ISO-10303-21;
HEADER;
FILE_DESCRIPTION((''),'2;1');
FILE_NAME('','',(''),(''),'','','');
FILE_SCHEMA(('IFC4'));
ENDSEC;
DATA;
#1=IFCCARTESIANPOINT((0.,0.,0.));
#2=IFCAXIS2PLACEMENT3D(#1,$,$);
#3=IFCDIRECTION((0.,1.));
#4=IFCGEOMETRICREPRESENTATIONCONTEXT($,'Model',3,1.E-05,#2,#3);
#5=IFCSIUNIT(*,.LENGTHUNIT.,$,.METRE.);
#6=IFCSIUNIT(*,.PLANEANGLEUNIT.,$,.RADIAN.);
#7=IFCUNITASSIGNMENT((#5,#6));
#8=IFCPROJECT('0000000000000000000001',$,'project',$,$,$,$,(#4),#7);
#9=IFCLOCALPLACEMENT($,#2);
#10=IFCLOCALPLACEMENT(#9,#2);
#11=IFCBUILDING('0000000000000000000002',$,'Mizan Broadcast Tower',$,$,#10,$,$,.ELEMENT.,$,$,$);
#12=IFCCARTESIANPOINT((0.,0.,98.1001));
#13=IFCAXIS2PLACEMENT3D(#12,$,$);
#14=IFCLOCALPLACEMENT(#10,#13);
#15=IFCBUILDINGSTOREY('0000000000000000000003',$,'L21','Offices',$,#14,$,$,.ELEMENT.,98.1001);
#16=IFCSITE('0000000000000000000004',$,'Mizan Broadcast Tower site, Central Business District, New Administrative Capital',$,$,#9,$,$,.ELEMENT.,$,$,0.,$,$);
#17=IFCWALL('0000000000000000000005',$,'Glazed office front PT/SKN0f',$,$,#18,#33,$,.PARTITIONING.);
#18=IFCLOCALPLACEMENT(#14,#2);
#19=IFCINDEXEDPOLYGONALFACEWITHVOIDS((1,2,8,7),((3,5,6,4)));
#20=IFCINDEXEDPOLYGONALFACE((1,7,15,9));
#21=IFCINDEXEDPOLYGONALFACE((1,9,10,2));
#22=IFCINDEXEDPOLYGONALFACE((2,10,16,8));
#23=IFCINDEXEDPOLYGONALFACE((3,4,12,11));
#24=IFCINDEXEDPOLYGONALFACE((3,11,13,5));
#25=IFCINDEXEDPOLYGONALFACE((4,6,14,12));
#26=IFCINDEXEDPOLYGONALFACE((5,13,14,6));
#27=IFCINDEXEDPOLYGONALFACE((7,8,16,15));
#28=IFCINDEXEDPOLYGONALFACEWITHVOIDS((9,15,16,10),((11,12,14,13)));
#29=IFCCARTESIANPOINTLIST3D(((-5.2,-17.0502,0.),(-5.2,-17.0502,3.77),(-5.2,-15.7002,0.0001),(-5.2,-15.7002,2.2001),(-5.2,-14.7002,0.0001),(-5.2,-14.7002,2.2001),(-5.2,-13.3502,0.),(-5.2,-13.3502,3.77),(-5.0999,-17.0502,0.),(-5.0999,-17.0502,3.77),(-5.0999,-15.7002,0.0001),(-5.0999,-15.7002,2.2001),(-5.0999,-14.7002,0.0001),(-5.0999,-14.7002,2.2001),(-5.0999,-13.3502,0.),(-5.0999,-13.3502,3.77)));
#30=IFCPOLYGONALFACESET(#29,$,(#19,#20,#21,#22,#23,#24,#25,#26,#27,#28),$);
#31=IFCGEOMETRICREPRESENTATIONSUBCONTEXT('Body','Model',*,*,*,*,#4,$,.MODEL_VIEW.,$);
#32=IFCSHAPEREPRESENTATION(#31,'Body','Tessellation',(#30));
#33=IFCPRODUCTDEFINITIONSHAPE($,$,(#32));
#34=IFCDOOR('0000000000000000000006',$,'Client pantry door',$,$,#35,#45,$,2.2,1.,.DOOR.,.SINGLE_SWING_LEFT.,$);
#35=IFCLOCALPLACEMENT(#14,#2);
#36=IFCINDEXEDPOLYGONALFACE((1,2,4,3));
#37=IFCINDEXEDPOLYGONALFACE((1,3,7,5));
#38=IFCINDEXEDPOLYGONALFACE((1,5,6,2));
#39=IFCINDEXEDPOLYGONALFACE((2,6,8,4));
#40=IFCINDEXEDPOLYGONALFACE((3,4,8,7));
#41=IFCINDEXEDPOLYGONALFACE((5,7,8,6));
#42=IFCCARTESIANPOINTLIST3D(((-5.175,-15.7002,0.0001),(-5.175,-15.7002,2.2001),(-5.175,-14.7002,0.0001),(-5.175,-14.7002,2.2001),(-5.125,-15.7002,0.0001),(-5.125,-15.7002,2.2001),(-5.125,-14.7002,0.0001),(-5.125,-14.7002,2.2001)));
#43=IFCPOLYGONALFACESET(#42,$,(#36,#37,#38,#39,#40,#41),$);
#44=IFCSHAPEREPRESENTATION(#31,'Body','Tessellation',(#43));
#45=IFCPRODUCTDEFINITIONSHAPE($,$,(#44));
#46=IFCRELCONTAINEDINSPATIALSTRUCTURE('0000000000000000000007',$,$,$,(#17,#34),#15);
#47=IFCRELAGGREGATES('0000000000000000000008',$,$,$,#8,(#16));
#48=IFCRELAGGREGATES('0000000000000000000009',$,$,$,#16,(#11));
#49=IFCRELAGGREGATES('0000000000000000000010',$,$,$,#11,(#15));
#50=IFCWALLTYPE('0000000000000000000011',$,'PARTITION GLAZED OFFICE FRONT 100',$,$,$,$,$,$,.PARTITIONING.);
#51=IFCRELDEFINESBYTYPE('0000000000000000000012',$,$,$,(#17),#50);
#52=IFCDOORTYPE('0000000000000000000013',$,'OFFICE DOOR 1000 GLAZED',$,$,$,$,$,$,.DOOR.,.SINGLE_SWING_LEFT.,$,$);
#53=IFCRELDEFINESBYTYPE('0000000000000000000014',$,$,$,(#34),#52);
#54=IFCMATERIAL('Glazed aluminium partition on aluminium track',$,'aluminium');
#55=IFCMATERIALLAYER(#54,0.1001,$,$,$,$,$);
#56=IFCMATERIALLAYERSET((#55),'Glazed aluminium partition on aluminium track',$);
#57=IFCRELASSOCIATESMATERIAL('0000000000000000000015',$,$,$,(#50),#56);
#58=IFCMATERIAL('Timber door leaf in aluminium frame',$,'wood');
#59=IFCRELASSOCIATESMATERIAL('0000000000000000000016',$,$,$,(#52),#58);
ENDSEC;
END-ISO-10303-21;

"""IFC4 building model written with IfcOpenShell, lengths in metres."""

from ifc_helpers import new_model, si_unit, direction, frame, frame_2d, origin, place, context, subcontext, project, spatial, rectangle, extrude, material, layer, layer_set, type_object, element, fill, save


model = new_model("IFC4")

# Units and contexts
model_context = context("Model", 3, precision=1e-05, world=origin(), true_north=direction((0.0, 1.0)))
body_context = subcontext(model_context, "Body", "Model", "MODEL_VIEW")
ifc_project = project(units=[si_unit("LENGTHUNIT", "METRE"), si_unit("PLANEANGLEUNIT", "RADIAN")], contexts=[model_context])

# Site, building, storey
site_placement = place(None, origin())
site = spatial("IfcSite", under=ifc_project, at=site_placement, Name="Mizan Broadcast Tower site, Central Business District, New Administrative Capital", CompositionType="ELEMENT", RefElevation=0.0)
building_placement = place(site_placement, origin())
building = spatial("IfcBuilding", under=site, at=building_placement, Name="Mizan Broadcast Tower", CompositionType="ELEMENT")
storey_placement = place(building_placement, frame((0.0, 0.0, 98.1001)))
storey = spatial("IfcBuildingStorey", under=building, at=storey_placement, Name="L21", Description="Offices", CompositionType="ELEMENT", Elevation=98.1001)

# Shared definitions
ifc_material_1 = material(Name="Glazed aluminium partition on aluminium track", Category="aluminium")
ifc_layer_1 = layer(ifc_material_1, 0.1001)
ifc_layer_set_1 = layer_set([ifc_layer_1], Name="Glazed aluminium partition on aluminium track")
wall_type_1 = type_object("IfcWallType", Name="PARTITION GLAZED OFFICE FRONT 100", PredefinedType="PARTITIONING", material=ifc_layer_set_1)

# Wall, opening, door
wall_1_placement = place(storey_placement, frame((-5.1499, -13.3501, 0.0), z_axis=(0.0, 0.0, 1.0), x_axis=(0.0, -1.0, 0.0)))
wall_1 = element("IfcWall", 1, at=wall_1_placement, inside=storey, type_object=wall_type_1, Name="Glazed office front PT/SKN0f", PredefinedType="PARTITIONING", context=body_context, shape_type="SweptSolid", body=[
    extrude(rectangle(XDim=3.7, YDim=0.1001, at=frame_2d((1.8501, 0.0))), origin(), (0.0, 0.0, 1.0), 3.77),
])
opening_placement = place(wall_1_placement, frame((1.3501, 0.0, 0.0)))
opening = element("IfcOpeningElement", 2, at=opening_placement, cuts=wall_1, PredefinedType="OPENING", context=body_context, shape_type="SweptSolid", body=[
    extrude(rectangle(XDim=1.0, YDim=2.2, at=frame_2d((0.5, 1.1001))), frame((0.0, 0.0601, 0.0), z_axis=(0.0, -1.0, 0.0), x_axis=(1.0, 0.0, 0.0)), (0.0, 0.0, 1.0), 0.1201),
])
ifc_material_2 = material(Name="Timber door leaf in aluminium frame", Category="wood")
door_type = type_object("IfcDoorType", Name="OFFICE DOOR 1000 GLAZED", OperationType="SINGLE_SWING_LEFT", PredefinedType="DOOR", material=ifc_material_2)
door_placement = place(opening_placement, origin())
door = element("IfcDoor", 3, at=door_placement, inside=storey, type_object=door_type, Name="Client pantry door", OperationType="SINGLE_SWING_LEFT", OverallHeight=2.2, OverallWidth=1.0, PredefinedType="DOOR", context=body_context, shape_type="SweptSolid", body=[
    extrude(rectangle(XDim=1.0, YDim=2.2, at=frame_2d((0.5, 1.1001))), frame((0.0, 0.0249, 0.0), z_axis=(0.0, -1.0, 0.0), x_axis=(1.0, 0.0, 0.0)), (0.0, 0.0, 1.0), 0.05),
])
fill(opening, door)

save(model, "model.ifc")
